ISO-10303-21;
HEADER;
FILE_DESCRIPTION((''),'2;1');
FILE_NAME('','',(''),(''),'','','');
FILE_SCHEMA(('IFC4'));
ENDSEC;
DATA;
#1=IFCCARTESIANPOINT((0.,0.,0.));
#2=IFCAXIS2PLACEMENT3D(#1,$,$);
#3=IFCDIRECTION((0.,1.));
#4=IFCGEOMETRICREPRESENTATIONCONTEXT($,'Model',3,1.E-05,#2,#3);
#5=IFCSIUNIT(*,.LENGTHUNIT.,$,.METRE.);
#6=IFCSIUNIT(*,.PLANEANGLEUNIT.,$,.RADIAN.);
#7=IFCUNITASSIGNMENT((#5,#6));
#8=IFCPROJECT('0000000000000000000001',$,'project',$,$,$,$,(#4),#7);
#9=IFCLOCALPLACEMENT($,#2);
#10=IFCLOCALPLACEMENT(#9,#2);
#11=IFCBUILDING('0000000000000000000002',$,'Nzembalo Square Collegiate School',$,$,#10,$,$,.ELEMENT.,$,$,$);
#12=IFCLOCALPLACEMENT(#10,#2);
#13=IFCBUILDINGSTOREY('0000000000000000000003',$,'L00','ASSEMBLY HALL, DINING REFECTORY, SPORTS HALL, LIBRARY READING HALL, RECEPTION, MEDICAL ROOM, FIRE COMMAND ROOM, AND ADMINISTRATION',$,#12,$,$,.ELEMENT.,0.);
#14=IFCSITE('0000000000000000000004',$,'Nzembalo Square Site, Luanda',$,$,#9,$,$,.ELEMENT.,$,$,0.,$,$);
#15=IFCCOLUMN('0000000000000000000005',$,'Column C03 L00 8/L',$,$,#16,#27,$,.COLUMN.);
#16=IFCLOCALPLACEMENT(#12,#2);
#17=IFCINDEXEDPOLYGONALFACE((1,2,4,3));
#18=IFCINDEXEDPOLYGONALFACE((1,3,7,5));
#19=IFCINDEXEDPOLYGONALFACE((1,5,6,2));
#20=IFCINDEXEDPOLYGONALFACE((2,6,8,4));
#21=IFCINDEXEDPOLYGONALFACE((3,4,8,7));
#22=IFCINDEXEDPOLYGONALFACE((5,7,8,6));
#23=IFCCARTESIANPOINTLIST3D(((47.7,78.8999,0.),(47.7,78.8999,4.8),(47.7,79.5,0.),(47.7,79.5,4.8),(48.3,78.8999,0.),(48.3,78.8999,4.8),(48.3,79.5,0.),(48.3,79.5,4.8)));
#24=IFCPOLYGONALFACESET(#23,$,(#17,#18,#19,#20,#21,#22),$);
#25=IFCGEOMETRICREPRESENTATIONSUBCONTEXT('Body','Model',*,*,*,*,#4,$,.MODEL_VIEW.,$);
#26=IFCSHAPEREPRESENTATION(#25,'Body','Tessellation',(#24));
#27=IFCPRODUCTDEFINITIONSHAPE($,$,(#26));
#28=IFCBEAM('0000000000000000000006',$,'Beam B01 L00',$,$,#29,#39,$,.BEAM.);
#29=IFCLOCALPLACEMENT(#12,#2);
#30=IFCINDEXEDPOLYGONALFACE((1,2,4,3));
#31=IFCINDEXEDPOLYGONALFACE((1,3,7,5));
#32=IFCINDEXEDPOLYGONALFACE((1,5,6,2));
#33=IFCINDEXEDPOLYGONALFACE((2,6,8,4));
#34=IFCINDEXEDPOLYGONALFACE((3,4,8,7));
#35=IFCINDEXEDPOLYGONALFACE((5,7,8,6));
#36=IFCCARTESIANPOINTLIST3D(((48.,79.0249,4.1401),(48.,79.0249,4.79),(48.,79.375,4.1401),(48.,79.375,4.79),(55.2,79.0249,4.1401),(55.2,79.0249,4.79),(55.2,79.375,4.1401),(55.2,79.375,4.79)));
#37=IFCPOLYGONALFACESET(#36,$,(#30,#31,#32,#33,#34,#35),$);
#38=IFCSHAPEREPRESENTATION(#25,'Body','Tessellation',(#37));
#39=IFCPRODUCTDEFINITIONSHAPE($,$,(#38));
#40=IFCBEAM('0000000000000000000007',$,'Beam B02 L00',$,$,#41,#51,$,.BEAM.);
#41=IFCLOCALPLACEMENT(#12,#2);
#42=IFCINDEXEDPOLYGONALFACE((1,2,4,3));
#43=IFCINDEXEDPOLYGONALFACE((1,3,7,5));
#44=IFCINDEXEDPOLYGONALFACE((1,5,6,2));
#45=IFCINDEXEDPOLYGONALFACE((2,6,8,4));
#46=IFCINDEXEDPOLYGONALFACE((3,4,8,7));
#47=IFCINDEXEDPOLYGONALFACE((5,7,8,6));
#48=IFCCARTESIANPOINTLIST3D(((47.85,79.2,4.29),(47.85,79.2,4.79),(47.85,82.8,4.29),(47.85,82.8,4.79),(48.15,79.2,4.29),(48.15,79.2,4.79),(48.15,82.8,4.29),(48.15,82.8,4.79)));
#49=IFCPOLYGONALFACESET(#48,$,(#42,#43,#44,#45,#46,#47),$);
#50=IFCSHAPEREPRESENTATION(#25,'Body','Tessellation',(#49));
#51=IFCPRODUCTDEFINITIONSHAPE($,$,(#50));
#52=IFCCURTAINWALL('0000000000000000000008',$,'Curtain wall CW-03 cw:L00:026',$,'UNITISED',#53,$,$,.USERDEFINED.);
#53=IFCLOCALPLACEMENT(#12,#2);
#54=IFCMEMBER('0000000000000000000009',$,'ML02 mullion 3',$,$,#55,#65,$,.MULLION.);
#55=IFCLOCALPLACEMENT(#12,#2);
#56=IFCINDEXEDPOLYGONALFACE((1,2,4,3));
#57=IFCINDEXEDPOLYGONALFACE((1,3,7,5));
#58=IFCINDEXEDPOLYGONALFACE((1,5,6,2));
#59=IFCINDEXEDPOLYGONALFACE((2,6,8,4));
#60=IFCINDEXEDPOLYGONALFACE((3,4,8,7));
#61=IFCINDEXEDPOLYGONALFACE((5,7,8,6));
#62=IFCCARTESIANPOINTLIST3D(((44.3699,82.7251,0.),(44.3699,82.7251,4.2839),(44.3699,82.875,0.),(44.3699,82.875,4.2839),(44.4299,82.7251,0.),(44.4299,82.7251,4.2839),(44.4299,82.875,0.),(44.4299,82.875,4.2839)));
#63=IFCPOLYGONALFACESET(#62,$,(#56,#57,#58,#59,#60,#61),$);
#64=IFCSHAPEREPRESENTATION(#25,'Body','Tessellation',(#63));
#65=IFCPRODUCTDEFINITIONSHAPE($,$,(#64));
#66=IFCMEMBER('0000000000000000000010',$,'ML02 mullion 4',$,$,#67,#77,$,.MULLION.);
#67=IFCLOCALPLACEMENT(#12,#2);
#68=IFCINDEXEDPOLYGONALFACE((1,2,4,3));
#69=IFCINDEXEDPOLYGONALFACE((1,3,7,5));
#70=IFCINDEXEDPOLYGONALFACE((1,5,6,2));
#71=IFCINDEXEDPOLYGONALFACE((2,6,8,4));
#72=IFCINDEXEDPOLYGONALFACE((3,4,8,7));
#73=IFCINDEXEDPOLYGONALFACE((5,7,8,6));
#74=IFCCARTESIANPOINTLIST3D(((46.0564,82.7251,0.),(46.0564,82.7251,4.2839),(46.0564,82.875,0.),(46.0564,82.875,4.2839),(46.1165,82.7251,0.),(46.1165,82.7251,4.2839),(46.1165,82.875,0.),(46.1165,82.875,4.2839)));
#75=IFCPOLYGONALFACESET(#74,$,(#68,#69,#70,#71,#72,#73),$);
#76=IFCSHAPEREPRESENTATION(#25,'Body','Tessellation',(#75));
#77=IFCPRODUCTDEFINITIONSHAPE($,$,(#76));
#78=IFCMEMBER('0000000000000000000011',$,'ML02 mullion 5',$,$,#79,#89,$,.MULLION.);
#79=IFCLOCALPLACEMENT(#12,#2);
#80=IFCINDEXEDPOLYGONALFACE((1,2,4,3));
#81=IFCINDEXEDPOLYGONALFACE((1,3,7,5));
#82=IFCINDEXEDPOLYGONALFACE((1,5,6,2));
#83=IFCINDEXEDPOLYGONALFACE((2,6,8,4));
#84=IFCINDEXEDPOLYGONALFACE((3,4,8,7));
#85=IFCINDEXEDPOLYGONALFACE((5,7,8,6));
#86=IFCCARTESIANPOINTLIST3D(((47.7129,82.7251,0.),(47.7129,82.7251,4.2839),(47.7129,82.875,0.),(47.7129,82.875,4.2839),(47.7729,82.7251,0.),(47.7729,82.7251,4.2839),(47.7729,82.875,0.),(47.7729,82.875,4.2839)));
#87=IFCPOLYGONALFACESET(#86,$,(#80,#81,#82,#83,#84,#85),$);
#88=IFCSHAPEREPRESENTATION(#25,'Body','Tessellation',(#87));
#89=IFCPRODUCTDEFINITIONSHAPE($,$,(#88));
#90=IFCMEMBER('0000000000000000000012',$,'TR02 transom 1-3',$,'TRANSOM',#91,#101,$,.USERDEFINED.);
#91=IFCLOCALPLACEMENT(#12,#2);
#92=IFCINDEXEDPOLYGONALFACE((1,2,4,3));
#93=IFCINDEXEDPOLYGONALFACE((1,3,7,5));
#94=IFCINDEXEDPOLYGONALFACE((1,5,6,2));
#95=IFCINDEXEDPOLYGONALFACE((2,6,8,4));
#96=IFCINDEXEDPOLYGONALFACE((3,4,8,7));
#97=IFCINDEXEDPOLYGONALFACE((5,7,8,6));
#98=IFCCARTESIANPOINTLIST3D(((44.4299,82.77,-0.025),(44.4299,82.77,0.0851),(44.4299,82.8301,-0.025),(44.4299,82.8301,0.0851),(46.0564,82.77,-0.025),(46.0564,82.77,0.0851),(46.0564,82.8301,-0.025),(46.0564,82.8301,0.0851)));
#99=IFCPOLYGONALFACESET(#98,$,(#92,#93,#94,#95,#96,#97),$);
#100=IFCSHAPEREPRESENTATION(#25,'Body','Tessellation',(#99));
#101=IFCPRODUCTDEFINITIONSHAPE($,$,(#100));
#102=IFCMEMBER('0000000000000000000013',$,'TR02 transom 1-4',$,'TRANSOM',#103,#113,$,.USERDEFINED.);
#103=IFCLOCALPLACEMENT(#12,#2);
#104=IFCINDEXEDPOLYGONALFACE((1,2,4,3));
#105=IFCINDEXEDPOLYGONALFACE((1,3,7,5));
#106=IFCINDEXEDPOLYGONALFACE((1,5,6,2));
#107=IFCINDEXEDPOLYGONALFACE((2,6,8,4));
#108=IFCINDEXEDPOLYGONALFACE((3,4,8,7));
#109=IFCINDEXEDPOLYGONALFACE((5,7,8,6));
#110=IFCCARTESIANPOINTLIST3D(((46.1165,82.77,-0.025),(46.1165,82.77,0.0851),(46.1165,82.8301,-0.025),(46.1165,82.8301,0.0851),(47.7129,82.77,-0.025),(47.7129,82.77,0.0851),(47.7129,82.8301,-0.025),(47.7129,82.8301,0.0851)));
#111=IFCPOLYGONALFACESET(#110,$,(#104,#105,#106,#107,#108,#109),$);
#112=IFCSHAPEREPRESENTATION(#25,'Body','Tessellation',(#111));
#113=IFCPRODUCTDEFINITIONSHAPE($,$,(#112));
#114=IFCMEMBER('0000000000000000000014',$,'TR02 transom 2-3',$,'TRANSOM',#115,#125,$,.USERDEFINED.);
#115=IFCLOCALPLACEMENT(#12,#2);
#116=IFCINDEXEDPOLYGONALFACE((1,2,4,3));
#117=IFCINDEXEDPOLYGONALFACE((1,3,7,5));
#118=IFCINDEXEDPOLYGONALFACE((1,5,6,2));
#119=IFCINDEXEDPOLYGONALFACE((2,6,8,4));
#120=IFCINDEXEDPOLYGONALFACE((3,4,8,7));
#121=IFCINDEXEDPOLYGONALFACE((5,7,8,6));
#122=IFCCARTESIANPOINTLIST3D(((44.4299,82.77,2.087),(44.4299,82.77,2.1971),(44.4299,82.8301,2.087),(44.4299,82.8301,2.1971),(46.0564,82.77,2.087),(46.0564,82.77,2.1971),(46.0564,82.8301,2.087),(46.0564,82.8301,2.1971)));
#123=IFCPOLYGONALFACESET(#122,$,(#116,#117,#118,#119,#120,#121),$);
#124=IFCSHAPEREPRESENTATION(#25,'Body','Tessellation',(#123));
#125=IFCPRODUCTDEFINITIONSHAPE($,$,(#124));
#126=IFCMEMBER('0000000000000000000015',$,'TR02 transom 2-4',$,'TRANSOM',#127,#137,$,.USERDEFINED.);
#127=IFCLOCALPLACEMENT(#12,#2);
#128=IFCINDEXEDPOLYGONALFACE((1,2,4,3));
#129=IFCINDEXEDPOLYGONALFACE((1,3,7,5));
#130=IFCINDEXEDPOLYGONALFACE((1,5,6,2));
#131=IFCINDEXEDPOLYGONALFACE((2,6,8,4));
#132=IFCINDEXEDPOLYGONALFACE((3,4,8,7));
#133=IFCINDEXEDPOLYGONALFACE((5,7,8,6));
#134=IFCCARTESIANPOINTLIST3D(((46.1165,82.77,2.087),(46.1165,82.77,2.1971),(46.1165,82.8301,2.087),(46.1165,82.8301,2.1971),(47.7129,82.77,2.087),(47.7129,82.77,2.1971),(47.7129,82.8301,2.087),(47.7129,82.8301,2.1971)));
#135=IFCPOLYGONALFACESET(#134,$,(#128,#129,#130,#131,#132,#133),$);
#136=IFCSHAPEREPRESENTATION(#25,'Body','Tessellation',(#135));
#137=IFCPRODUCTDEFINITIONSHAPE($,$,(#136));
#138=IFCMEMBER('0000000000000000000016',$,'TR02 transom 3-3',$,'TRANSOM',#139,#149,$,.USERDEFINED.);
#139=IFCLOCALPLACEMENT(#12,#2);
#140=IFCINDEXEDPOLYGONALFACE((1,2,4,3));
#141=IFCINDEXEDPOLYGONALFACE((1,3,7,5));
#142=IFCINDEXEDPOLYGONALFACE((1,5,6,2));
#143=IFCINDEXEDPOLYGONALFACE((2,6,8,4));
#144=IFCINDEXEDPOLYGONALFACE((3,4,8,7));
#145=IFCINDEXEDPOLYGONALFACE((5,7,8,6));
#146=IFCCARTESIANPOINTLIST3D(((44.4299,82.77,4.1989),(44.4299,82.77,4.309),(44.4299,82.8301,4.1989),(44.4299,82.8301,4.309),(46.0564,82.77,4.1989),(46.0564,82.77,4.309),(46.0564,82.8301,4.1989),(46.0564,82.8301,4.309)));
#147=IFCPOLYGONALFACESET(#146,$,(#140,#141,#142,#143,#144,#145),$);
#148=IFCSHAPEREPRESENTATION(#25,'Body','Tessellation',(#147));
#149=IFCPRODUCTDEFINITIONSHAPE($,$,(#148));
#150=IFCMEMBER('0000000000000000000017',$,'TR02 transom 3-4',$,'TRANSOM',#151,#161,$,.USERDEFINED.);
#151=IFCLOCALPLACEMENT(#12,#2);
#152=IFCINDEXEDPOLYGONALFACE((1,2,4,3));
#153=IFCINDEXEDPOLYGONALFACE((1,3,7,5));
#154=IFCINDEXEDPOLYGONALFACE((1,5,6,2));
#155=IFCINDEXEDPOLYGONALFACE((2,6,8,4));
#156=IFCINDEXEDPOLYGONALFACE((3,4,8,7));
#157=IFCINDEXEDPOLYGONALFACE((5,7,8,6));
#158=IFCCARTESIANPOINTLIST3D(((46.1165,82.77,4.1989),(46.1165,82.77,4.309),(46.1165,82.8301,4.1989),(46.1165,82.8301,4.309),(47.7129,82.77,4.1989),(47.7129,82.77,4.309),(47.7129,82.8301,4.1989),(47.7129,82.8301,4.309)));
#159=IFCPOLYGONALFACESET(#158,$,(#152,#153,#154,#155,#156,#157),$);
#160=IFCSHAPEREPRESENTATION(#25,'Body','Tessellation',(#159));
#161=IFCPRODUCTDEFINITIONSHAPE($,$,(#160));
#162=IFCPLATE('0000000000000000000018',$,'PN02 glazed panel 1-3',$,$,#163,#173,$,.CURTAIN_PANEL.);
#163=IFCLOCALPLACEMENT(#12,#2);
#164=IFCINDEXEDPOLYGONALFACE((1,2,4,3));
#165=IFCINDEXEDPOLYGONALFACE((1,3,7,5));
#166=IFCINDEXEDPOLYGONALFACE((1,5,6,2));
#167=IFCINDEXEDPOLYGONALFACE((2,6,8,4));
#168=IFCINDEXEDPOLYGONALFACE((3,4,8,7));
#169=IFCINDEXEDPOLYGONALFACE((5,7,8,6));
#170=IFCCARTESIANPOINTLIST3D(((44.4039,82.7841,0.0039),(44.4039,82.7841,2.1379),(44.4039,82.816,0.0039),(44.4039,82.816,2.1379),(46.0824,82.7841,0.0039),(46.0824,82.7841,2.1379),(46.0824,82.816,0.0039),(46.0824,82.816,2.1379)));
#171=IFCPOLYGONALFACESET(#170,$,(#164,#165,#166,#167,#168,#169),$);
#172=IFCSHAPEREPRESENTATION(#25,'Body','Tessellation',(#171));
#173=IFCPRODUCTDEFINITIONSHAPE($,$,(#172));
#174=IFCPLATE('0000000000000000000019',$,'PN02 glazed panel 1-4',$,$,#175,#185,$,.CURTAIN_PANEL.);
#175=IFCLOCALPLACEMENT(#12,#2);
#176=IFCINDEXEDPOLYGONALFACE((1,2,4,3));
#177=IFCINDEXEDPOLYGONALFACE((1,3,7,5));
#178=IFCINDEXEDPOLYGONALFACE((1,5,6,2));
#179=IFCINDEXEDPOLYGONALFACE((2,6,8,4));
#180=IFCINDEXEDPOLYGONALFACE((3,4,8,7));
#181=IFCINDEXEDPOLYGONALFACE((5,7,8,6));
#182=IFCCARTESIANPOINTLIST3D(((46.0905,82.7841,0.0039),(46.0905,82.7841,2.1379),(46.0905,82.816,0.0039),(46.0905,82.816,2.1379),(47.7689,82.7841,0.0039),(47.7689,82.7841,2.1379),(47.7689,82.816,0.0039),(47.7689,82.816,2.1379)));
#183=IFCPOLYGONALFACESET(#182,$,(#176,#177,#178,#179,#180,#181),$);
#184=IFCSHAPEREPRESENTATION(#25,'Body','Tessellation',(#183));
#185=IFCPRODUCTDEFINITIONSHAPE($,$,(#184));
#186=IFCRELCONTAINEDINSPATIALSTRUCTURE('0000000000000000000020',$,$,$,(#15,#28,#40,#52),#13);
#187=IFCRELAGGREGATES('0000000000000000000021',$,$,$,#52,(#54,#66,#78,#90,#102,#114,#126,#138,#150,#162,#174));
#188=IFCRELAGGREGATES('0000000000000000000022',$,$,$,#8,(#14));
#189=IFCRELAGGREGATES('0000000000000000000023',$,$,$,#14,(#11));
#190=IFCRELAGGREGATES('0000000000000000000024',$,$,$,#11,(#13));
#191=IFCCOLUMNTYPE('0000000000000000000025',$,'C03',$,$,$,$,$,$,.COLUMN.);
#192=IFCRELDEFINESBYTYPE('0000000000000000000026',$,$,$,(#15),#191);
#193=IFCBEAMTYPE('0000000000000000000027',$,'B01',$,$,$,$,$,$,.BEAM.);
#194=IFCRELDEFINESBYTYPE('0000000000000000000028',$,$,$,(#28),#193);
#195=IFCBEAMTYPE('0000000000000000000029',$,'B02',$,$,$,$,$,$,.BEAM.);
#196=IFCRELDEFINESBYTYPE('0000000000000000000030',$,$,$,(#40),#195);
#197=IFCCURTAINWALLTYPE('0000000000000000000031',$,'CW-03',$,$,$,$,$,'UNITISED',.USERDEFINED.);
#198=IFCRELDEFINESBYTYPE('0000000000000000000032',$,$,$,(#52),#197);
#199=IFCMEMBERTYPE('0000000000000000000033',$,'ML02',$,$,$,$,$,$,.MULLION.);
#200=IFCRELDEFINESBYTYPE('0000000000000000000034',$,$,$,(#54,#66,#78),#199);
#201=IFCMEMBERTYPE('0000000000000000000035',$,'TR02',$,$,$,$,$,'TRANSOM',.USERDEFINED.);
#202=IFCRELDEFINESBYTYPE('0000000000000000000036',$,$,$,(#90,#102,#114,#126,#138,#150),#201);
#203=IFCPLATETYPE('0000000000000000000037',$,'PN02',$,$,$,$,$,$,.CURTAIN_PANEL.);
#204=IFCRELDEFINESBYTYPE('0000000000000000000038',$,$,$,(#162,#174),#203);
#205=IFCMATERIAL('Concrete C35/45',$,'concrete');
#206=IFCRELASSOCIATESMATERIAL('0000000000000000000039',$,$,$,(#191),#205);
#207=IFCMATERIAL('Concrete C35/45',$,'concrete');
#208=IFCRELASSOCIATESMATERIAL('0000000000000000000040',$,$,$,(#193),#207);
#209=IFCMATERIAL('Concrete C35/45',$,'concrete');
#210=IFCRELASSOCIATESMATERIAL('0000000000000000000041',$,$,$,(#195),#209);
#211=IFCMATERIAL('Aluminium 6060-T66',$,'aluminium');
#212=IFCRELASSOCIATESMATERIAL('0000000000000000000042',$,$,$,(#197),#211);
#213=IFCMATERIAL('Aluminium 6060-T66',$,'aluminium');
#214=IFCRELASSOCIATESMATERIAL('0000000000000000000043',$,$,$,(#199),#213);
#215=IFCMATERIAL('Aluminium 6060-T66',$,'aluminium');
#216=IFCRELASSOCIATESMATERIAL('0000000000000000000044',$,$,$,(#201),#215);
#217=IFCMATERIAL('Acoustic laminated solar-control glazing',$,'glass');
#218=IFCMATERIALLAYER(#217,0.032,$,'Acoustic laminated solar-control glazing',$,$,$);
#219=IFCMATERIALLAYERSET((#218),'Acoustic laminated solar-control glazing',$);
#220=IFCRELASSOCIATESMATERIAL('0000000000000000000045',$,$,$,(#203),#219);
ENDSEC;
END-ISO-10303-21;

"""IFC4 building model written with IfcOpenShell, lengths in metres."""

from ifc_helpers import new_model, si_unit, direction, frame, origin, origin_2d, place, context, subcontext, project, spatial, rectangle, extrude, material, layer, layer_set, material_profile, profile_set, type_object, element, aggregate, save


model = new_model("IFC4")

# Units and contexts
model_context = context("Model", 3, precision=1e-05, world=origin(), true_north=direction((0.0, 1.0)))
body_context = subcontext(model_context, "Body", "Model", "MODEL_VIEW")
ifc_project = project(units=[si_unit("LENGTHUNIT", "METRE"), si_unit("PLANEANGLEUNIT", "RADIAN")], contexts=[model_context])

# Site, building, storey
site_placement = place(None, origin())
site = spatial("IfcSite", under=ifc_project, at=site_placement, Name="Nzembalo Square Site, Luanda", CompositionType="ELEMENT", RefElevation=0.0)
building_placement = place(site_placement, origin())
building = spatial("IfcBuilding", under=site, at=building_placement, Name="Nzembalo Square Collegiate School", CompositionType="ELEMENT")
storey_placement = place(building_placement, origin())
storey = spatial("IfcBuildingStorey", under=building, at=storey_placement, Name="L00", Description="ASSEMBLY HALL, DINING REFECTORY, SPORTS HALL, LIBRARY READING HALL, RECEPTION, MEDICAL ROOM, FIRE COMMAND ROOM, AND ADMINISTRATION", CompositionType="ELEMENT", Elevation=0.0)

# Column
ifc_material_1 = material(Name="Concrete C35/45", Category="concrete")
ifc_material_profile_1 = material_profile(ifc_material_1, rectangle(XDim=0.6001, YDim=0.6001, at=origin_2d()), Name="RC 600x600")
ifc_profile_set_1 = profile_set([ifc_material_profile_1], Name="Concrete C35/45")
column_type = type_object("IfcColumnType", Name="C03", PredefinedType="COLUMN", material=ifc_profile_set_1)
column_placement = place(storey_placement, frame((48.0, 79.2, 0.0), z_axis=(0.0, 0.0, 1.0), x_axis=(1.0, 0.0, 0.0)))
element("IfcColumn", 1, at=column_placement, inside=storey, type_object=column_type, Name="Column C03 L00 8/L", PredefinedType="COLUMN", context=body_context, shape_type="SweptSolid", body=[
    extrude(rectangle(XDim=0.6001, YDim=0.6001, at=origin_2d()), origin(), (0.0, 0.0, 1.0), 4.8),
])

# Beams
ifc_material_2 = material(Name="Concrete C35/45", Category="concrete")
ifc_material_profile_2 = material_profile(ifc_material_2, rectangle(XDim=0.3501, YDim=0.6499, at=origin_2d()), Name="RC 350x650")
ifc_profile_set_2 = profile_set([ifc_material_profile_2], Name="Concrete C35/45")
beam_type_1 = type_object("IfcBeamType", Name="B01", PredefinedType="BEAM", material=ifc_profile_set_2)
beam_1_placement = place(storey_placement, frame((48.0, 79.2, 4.4651), z_axis=(1.0, 0.0, 0.0), x_axis=(0.0, 1.0, 0.0)))
element("IfcBeam", 2, at=beam_1_placement, inside=storey, type_object=beam_type_1, Name="Beam B01 L00", PredefinedType="BEAM", context=body_context, shape_type="SweptSolid", body=[
    extrude(rectangle(XDim=0.3501, YDim=0.6499, at=origin_2d()), origin(), (0.0, 0.0, 1.0), 7.2),
])
ifc_material_3 = material(Name="Concrete C35/45", Category="concrete")
ifc_material_profile_3 = material_profile(ifc_material_3, rectangle(XDim=0.3, YDim=0.5, at=origin_2d()), Name="RC 300x500")
ifc_profile_set_3 = profile_set([ifc_material_profile_3], Name="Concrete C35/45")
beam_type_2 = type_object("IfcBeamType", Name="B02", PredefinedType="BEAM", material=ifc_profile_set_3)
beam_2_placement = place(storey_placement, frame((48.0, 79.2, 4.54), z_axis=(0.0, 1.0, 0.0), x_axis=(-1.0, 0.0, 0.0)))
element("IfcBeam", 3, at=beam_2_placement, inside=storey, type_object=beam_type_2, Name="Beam B02 L00", PredefinedType="BEAM", context=body_context, shape_type="SweptSolid", body=[
    extrude(rectangle(XDim=0.3, YDim=0.5, at=origin_2d()), origin(), (0.0, 0.0, 1.0), 3.6001),
])

# Curtain wall, members, plates
ifc_material_4 = material(Name="Aluminium 6060-T66", Category="aluminium")
curtain_wall_type = type_object("IfcCurtainWallType", Name="CW-03", ElementType="UNITISED", PredefinedType="USERDEFINED", material=ifc_material_4)
curtain_wall_placement = place(storey_placement, origin())
curtain_wall = element("IfcCurtainWall", 4, at=curtain_wall_placement, inside=storey, type_object=curtain_wall_type, Name="Curtain wall CW-03 cw:L00:026", ObjectType="UNITISED", PredefinedType="USERDEFINED")
ifc_material_5 = material(Name="Aluminium 6060-T66", Category="aluminium")
ifc_material_profile_4 = material_profile(ifc_material_5, rectangle(XDim=0.0601, YDim=0.1499, at=origin_2d()), Name="ALU M60x150")
ifc_profile_set_4 = profile_set([ifc_material_profile_4], Name="Aluminium 6060-T66")
member_type_1 = type_object("IfcMemberType", Name="ML02", PredefinedType="MULLION", material=ifc_profile_set_4)
member_1_placement = place(storey_placement, frame((44.3999, 82.8, 0.0), z_axis=(0.0, 0.0, 1.0), x_axis=(1.0, 0.0, 0.0)))
member_1 = element("IfcMember", 5, at=member_1_placement, type_object=member_type_1, Name="ML02 mullion 3", PredefinedType="MULLION", context=body_context, shape_type="SweptSolid", body=[
    extrude(rectangle(XDim=0.0601, YDim=0.1499, at=origin_2d()), origin(), (0.0, 0.0, 1.0), 4.2839),
])
member_2_placement = place(storey_placement, frame((46.0864, 82.8, 0.0), z_axis=(0.0, 0.0, 1.0), x_axis=(1.0, 0.0, 0.0)))
member_2 = element("IfcMember", 6, at=member_2_placement, type_object=member_type_1, Name="ML02 mullion 4", PredefinedType="MULLION", context=body_context, shape_type="SweptSolid", body=[
    extrude(rectangle(XDim=0.0601, YDim=0.1499, at=origin_2d()), origin(), (0.0, 0.0, 1.0), 4.2839),
])
member_3_placement = place(storey_placement, frame((47.7429, 82.8, 0.0), z_axis=(0.0, 0.0, 1.0), x_axis=(1.0, 0.0, 0.0)))
member_3 = element("IfcMember", 7, at=member_3_placement, type_object=member_type_1, Name="ML02 mullion 5", PredefinedType="MULLION", context=body_context, shape_type="SweptSolid", body=[
    extrude(rectangle(XDim=0.0601, YDim=0.1499, at=origin_2d()), origin(), (0.0, 0.0, 1.0), 4.2839),
])
ifc_material_6 = material(Name="Aluminium 6060-T66", Category="aluminium")
ifc_material_profile_5 = material_profile(ifc_material_6, rectangle(XDim=0.0601, YDim=0.1101, at=origin_2d()), Name="ALU T60x110")
ifc_profile_set_5 = profile_set([ifc_material_profile_5], Name="Aluminium 6060-T66")
member_type_2 = type_object("IfcMemberType", Name="TR02", ElementType="TRANSOM", PredefinedType="USERDEFINED", material=ifc_profile_set_5)
member_4_placement = place(storey_placement, frame((44.4299, 82.8, 0.03), z_axis=(1.0, 0.0, 0.0), x_axis=(0.0, 1.0, 0.0)))
member_4 = element("IfcMember", 8, at=member_4_placement, type_object=member_type_2, Name="TR02 transom 1-3", ObjectType="TRANSOM", PredefinedType="USERDEFINED", context=body_context, shape_type="SweptSolid", body=[
    extrude(rectangle(XDim=0.0601, YDim=0.1101, at=origin_2d()), origin(), (0.0, 0.0, 1.0), 1.6265),
])
member_5_placement = place(storey_placement, frame((46.1165, 82.8, 0.03), z_axis=(1.0, 0.0, 0.0), x_axis=(0.0, 1.0, 0.0)))
member_5 = element("IfcMember", 9, at=member_5_placement, type_object=member_type_2, Name="TR02 transom 1-4", ObjectType="TRANSOM", PredefinedType="USERDEFINED", context=body_context, shape_type="SweptSolid", body=[
    extrude(rectangle(XDim=0.0601, YDim=0.1101, at=origin_2d()), origin(), (0.0, 0.0, 1.0), 1.5964),
])
member_6_placement = place(storey_placement, frame((44.4299, 82.8, 2.1421), z_axis=(1.0, 0.0, 0.0), x_axis=(0.0, 1.0, 0.0)))
member_6 = element("IfcMember", 10, at=member_6_placement, type_object=member_type_2, Name="TR02 transom 2-3", ObjectType="TRANSOM", PredefinedType="USERDEFINED", context=body_context, shape_type="SweptSolid", body=[
    extrude(rectangle(XDim=0.0601, YDim=0.1101, at=origin_2d()), origin(), (0.0, 0.0, 1.0), 1.6265),
])
member_7_placement = place(storey_placement, frame((46.1165, 82.8, 2.1421), z_axis=(1.0, 0.0, 0.0), x_axis=(0.0, 1.0, 0.0)))
member_7 = element("IfcMember", 11, at=member_7_placement, type_object=member_type_2, Name="TR02 transom 2-4", ObjectType="TRANSOM", PredefinedType="USERDEFINED", context=body_context, shape_type="SweptSolid", body=[
    extrude(rectangle(XDim=0.0601, YDim=0.1101, at=origin_2d()), origin(), (0.0, 0.0, 1.0), 1.5964),
])
member_8_placement = place(storey_placement, frame((44.4299, 82.8, 4.2539), z_axis=(1.0, 0.0, 0.0), x_axis=(0.0, 1.0, 0.0)))
member_8 = element("IfcMember", 12, at=member_8_placement, type_object=member_type_2, Name="TR02 transom 3-3", ObjectType="TRANSOM", PredefinedType="USERDEFINED", context=body_context, shape_type="SweptSolid", body=[
    extrude(rectangle(XDim=0.0601, YDim=0.1101, at=origin_2d()), origin(), (0.0, 0.0, 1.0), 1.6265),
])
member_9_placement = place(storey_placement, frame((46.1165, 82.8, 4.2539), z_axis=(1.0, 0.0, 0.0), x_axis=(0.0, 1.0, 0.0)))
member_9 = element("IfcMember", 13, at=member_9_placement, type_object=member_type_2, Name="TR02 transom 3-4", ObjectType="TRANSOM", PredefinedType="USERDEFINED", context=body_context, shape_type="SweptSolid", body=[
    extrude(rectangle(XDim=0.0601, YDim=0.1101, at=origin_2d()), origin(), (0.0, 0.0, 1.0), 1.5964),
])
ifc_material_7 = material(Name="Acoustic laminated solar-control glazing", Category="glass")
ifc_layer_1 = layer(ifc_material_7, 0.032, Name="Acoustic laminated solar-control glazing")
ifc_layer_set_1 = layer_set([ifc_layer_1], Name="Acoustic laminated solar-control glazing")
plate_type = type_object("IfcPlateType", Name="PN02", PredefinedType="CURTAIN_PANEL", material=ifc_layer_set_1)
plate_1_placement = place(storey_placement, frame((45.2432, 82.8, 0.0039), z_axis=(0.0, 0.0, 1.0), x_axis=(1.0, 0.0, 0.0)))
plate_1 = element("IfcPlate", 14, at=plate_1_placement, type_object=plate_type, Name="PN02 glazed panel 1-3", PredefinedType="CURTAIN_PANEL", context=body_context, shape_type="SweptSolid", body=[
    extrude(rectangle(XDim=1.6785, YDim=0.032, at=origin_2d()), origin(), (0.0, 0.0, 1.0), 2.134),
])
plate_2_placement = place(storey_placement, frame((46.9297, 82.8, 0.0039), z_axis=(0.0, 0.0, 1.0), x_axis=(1.0, 0.0, 0.0)))
plate_2 = element("IfcPlate", 15, at=plate_2_placement, type_object=plate_type, Name="PN02 glazed panel 1-4", PredefinedType="CURTAIN_PANEL", context=body_context, shape_type="SweptSolid", body=[
    extrude(rectangle(XDim=1.6785, YDim=0.032, at=origin_2d()), origin(), (0.0, 0.0, 1.0), 2.134),
])
aggregate(curtain_wall, [member_1, member_2, member_3, member_4, member_5, member_6, member_7, member_8, member_9, plate_1, plate_2])

save(model, "model.ifc")
